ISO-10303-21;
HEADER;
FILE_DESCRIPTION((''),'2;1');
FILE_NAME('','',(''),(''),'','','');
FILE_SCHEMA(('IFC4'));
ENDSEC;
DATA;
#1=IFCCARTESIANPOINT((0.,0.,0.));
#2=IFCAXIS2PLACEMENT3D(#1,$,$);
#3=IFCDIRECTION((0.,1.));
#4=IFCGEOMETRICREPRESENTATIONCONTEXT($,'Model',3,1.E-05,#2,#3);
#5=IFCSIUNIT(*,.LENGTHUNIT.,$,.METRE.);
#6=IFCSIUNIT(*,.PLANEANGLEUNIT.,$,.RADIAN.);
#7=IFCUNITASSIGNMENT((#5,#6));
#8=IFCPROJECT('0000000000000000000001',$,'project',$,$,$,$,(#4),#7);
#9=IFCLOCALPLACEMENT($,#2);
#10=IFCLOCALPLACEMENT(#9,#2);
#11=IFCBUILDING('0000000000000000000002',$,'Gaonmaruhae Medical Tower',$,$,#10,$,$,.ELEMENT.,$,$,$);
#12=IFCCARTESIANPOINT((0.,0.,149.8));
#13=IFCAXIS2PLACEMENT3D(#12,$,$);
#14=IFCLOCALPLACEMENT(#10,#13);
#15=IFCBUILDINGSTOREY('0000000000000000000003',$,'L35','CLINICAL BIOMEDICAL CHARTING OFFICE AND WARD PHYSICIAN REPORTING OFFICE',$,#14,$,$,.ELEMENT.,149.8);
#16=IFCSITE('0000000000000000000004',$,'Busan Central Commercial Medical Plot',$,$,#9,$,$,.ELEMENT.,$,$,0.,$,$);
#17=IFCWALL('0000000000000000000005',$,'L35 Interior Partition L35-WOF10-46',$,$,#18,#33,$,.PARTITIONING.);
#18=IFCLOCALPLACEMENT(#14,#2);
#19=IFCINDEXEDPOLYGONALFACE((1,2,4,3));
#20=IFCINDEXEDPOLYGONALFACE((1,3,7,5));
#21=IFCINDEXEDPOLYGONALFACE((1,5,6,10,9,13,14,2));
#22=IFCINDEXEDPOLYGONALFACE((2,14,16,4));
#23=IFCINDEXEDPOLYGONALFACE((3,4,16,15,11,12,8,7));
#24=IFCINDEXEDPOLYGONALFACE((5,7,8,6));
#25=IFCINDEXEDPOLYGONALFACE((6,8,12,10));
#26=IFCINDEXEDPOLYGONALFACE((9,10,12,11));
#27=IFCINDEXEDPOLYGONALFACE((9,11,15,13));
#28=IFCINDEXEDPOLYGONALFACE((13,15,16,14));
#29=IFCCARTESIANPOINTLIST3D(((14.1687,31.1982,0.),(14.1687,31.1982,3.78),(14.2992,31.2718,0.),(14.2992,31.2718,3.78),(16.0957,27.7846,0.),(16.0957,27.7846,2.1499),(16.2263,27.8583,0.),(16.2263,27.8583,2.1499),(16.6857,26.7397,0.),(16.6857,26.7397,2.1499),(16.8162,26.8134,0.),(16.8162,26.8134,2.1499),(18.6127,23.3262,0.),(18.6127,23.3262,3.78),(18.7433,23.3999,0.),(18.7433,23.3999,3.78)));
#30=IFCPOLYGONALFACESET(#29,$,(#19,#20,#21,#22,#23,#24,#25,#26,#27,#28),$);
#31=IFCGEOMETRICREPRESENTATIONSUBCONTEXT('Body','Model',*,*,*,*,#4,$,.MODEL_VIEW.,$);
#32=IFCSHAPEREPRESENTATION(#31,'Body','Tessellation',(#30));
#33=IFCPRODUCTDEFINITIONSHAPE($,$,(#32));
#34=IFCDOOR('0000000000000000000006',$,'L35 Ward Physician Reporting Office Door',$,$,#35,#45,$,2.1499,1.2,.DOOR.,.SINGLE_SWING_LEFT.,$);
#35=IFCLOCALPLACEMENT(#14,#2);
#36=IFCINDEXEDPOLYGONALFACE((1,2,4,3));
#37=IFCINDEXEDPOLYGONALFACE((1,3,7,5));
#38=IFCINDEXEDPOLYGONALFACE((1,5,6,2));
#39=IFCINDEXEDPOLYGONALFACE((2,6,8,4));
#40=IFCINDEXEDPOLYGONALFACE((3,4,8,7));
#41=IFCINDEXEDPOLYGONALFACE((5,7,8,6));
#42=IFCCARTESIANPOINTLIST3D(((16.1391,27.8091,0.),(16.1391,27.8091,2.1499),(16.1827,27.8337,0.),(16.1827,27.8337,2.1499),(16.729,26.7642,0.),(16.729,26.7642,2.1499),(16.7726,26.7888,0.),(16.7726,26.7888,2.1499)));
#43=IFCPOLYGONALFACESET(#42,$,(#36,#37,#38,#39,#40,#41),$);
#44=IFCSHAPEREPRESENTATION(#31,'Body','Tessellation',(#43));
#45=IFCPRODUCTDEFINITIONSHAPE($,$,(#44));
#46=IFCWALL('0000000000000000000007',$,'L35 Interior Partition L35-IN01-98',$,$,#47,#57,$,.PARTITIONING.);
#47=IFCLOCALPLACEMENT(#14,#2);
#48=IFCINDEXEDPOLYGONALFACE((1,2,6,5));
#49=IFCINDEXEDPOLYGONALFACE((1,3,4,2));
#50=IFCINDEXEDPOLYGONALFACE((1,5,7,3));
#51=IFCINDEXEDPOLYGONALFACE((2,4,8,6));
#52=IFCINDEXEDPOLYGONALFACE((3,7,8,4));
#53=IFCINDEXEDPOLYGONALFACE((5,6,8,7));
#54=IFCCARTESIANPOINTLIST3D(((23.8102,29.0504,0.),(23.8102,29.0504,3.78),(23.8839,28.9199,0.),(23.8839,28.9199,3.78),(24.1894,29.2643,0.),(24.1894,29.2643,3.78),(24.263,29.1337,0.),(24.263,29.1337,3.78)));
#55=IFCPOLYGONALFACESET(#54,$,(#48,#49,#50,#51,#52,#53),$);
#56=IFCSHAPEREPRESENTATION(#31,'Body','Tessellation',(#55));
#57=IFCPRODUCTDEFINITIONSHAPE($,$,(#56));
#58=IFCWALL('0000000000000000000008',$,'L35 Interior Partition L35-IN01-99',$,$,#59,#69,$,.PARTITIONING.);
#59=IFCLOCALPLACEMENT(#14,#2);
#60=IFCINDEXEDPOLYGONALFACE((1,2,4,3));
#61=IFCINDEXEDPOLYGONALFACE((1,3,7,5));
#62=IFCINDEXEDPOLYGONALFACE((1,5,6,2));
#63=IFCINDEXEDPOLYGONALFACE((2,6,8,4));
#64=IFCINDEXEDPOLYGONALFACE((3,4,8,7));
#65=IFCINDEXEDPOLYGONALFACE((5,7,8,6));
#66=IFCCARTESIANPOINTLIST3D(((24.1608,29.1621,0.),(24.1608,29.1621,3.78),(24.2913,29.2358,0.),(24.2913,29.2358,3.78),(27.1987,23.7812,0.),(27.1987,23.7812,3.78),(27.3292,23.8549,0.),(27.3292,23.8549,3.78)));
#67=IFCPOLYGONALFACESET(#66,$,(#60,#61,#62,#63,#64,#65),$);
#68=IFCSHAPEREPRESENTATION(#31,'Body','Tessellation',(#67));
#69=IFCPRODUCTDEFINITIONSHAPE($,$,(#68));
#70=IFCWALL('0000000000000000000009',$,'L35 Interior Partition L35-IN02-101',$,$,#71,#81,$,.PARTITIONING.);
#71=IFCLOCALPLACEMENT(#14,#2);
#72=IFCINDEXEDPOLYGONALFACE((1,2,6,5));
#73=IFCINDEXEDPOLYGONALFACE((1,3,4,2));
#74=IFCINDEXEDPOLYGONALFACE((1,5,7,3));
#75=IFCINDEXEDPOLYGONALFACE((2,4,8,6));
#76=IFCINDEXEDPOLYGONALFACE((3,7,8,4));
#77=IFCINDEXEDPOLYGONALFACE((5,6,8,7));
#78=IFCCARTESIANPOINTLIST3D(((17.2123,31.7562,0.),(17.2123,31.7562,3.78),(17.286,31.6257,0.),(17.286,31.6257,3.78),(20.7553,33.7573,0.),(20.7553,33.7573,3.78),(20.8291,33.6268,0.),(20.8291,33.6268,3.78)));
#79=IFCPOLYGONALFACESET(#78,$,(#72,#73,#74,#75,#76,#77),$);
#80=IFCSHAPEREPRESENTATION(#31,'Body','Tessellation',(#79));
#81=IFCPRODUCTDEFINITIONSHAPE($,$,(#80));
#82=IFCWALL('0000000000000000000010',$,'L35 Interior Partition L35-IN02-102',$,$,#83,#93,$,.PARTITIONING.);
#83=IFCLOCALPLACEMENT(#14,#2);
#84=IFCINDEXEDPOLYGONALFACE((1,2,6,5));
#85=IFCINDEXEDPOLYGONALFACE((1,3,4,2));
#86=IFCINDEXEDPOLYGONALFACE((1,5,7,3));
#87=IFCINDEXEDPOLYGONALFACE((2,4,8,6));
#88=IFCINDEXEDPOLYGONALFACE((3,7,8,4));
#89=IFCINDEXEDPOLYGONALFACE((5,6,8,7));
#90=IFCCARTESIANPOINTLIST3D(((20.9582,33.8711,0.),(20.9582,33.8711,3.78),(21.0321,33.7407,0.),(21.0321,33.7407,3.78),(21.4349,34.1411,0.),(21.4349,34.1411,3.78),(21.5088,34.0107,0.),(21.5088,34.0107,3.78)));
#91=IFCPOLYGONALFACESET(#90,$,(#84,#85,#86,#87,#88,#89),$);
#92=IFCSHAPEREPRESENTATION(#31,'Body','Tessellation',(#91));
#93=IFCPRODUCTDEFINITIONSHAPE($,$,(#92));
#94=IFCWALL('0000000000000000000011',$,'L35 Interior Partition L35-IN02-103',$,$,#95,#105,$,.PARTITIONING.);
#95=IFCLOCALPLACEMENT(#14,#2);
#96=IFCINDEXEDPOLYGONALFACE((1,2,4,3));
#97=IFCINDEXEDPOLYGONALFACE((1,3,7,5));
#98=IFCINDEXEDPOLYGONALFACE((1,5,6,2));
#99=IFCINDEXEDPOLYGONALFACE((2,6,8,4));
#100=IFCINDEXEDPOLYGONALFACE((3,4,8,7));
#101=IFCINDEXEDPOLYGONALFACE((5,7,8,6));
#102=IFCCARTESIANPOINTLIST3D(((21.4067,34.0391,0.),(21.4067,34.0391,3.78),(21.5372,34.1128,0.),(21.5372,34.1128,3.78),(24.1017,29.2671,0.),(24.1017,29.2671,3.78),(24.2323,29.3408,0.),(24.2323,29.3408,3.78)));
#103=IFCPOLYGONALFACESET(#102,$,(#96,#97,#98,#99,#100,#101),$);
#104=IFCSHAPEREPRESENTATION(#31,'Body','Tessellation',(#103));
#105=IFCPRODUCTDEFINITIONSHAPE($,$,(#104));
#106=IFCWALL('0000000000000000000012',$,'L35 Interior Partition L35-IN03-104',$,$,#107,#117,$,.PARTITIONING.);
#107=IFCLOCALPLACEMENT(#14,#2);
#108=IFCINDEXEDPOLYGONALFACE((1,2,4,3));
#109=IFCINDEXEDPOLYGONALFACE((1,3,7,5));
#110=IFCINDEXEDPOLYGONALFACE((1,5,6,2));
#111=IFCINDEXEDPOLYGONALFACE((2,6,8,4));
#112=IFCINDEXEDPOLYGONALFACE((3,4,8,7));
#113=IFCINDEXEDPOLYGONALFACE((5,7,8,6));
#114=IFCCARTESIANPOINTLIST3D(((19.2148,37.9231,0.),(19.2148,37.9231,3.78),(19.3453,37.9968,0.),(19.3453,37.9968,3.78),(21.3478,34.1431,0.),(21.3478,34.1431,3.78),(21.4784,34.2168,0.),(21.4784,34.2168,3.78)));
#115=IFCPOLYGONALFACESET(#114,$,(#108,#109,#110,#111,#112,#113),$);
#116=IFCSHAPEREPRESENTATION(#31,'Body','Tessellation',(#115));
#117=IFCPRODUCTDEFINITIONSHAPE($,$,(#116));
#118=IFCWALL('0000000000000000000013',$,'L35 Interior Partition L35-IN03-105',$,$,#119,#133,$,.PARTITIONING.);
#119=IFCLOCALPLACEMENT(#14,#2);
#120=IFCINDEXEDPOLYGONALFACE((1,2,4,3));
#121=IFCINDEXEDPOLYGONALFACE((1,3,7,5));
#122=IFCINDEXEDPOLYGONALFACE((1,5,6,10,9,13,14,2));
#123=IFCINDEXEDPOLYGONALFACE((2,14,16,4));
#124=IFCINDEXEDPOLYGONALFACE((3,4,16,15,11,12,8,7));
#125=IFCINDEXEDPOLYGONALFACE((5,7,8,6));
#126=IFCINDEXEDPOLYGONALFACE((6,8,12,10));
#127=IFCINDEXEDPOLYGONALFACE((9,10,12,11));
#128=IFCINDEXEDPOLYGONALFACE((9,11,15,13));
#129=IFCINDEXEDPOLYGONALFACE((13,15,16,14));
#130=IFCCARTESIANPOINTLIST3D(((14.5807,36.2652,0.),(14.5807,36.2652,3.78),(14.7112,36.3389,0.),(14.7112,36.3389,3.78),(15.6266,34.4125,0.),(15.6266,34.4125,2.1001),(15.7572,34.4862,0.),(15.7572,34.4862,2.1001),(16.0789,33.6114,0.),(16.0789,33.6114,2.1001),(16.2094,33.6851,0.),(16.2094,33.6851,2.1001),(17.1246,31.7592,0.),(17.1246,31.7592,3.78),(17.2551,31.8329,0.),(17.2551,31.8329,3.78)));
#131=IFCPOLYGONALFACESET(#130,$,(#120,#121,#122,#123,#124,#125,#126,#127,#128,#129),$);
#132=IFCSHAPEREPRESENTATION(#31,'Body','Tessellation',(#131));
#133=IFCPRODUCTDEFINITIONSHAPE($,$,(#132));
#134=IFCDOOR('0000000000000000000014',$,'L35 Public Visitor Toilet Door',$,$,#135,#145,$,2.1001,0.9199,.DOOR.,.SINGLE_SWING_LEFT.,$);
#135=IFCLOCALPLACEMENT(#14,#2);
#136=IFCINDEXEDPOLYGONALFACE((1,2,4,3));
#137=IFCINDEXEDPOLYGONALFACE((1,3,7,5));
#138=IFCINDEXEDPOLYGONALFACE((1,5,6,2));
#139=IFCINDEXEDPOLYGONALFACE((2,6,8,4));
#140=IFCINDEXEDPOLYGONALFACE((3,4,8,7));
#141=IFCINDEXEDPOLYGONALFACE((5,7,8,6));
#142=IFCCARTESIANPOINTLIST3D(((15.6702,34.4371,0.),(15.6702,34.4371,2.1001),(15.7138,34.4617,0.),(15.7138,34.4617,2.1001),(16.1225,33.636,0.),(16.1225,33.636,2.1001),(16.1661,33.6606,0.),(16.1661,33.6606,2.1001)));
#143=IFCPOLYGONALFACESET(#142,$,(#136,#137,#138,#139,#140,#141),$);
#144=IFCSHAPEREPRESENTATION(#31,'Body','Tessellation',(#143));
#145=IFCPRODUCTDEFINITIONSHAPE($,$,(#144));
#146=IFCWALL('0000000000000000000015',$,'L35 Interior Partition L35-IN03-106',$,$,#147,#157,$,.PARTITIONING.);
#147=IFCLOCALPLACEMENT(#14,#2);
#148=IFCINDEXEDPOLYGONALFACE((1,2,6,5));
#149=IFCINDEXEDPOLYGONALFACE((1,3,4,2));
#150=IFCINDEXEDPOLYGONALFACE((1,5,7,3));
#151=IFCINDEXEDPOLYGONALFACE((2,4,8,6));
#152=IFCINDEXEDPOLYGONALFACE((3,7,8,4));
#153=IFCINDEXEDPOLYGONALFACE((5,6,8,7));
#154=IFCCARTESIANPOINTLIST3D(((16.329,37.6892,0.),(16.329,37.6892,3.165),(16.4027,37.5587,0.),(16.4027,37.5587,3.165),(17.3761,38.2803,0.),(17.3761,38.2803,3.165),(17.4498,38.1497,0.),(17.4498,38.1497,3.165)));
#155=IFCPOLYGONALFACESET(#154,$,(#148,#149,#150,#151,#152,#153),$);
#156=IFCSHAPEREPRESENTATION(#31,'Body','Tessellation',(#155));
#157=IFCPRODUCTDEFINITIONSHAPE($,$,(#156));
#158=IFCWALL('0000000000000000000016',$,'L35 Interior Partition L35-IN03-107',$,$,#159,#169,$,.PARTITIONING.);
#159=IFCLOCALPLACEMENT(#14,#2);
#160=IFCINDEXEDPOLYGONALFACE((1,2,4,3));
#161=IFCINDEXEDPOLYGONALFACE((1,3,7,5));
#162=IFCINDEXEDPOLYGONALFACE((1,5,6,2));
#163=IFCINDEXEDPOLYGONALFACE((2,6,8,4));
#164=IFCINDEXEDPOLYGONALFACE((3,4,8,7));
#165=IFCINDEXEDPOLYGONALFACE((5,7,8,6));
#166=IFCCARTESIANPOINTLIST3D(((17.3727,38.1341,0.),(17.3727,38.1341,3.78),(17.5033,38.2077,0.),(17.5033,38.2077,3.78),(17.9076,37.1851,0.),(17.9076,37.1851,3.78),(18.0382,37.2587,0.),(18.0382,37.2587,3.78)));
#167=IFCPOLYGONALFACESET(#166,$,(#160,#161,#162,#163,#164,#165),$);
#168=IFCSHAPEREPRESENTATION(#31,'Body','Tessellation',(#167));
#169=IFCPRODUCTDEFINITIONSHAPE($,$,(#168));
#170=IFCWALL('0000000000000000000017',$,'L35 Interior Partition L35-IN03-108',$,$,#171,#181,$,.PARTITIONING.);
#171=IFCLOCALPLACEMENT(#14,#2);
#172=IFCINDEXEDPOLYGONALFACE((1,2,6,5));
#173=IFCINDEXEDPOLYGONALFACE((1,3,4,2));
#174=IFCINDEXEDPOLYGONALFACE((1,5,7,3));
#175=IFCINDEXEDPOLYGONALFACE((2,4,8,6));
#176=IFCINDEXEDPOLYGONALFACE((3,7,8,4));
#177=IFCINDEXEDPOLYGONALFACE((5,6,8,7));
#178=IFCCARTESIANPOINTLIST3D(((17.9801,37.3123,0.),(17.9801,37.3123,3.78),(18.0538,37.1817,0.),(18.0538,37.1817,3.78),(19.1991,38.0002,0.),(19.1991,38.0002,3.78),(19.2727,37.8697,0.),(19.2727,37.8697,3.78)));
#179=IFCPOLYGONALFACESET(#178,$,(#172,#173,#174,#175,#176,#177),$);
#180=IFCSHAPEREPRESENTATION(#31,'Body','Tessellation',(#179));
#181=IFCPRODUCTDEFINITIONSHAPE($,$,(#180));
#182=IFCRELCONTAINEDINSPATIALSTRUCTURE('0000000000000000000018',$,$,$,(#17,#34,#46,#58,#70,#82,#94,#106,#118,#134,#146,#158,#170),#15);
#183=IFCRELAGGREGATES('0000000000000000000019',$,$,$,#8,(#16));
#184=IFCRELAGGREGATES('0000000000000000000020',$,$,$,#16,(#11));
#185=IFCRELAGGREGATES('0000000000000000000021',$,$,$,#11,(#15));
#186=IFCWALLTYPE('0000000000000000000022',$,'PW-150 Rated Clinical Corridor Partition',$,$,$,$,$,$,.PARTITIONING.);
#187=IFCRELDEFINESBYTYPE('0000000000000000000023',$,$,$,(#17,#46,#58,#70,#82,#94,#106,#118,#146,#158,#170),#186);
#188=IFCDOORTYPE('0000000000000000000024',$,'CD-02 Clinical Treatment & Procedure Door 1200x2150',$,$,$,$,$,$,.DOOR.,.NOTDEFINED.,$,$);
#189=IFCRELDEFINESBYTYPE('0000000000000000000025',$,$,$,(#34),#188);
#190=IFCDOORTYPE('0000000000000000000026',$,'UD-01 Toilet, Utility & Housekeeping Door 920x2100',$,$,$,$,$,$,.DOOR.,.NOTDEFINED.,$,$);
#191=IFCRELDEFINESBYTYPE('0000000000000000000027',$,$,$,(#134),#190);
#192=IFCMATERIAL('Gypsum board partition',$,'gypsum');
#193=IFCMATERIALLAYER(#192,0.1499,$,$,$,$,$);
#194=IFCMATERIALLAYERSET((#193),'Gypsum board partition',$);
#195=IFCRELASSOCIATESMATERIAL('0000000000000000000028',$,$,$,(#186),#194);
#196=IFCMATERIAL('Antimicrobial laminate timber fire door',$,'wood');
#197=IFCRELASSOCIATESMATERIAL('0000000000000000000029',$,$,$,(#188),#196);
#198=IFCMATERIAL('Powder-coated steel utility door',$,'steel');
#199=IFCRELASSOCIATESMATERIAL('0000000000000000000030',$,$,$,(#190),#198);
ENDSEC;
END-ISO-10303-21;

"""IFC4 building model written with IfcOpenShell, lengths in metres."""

from ifc_helpers import new_model, si_unit, direction, frame, frame_2d, origin, place, context, subcontext, project, spatial, rectangle, extrude, material, layer, layer_set, type_object, element, fill, save


model = new_model("IFC4")

# Units and contexts
model_context = context("Model", 3, precision=1e-05, world=origin(), true_north=direction((0.0, 1.0)))
body_context = subcontext(model_context, "Body", "Model", "MODEL_VIEW")
ifc_project = project(units=[si_unit("LENGTHUNIT", "METRE"), si_unit("PLANEANGLEUNIT", "RADIAN")], contexts=[model_context])

# Site, building, storey
site_placement = place(None, origin())
site = spatial("IfcSite", under=ifc_project, at=site_placement, Name="Busan Central Commercial Medical Plot", CompositionType="ELEMENT", RefElevation=0.0)
building_placement = place(site_placement, origin())
building = spatial("IfcBuilding", under=site, at=building_placement, Name="Gaonmaruhae Medical Tower", CompositionType="ELEMENT")
storey_placement = place(building_placement, frame((0.0, 0.0, 149.8)))
storey = spatial("IfcBuildingStorey", under=building, at=storey_placement, Name="L35", Description="CLINICAL BIOMEDICAL CHARTING OFFICE AND WARD PHYSICIAN REPORTING OFFICE", CompositionType="ELEMENT", Elevation=149.8)

# Wall, opening, door
ifc_material_1 = material(Name="Gypsum board partition", Category="gypsum")
ifc_layer_1 = layer(ifc_material_1, 0.1499)
ifc_layer_set_1 = layer_set([ifc_layer_1], Name="Gypsum board partition")
wall_type_1 = type_object("IfcWallType", Name="PW-150 Rated Clinical Corridor Partition", PredefinedType="PARTITIONING", material=ifc_layer_set_1)
wall_1_placement = place(storey_placement, frame((14.2339, 31.2351, 0.0), z_axis=(0.0, 0.0, 1.0), x_axis=(0.49161, -0.870816, 0.0)))
wall_1 = element("IfcWall", 1, at=wall_1_placement, inside=storey, type_object=wall_type_1, Name="L35 Interior Partition L35-WOF10-46", PredefinedType="PARTITIONING", context=body_context, shape_type="SweptSolid", body=[
    extrude(rectangle(XDim=9.0398, YDim=0.1499, at=frame_2d((4.52, 0.0))), origin(), (0.0, 0.0, 1.0), 3.78),
])
opening_1_placement = place(wall_1_placement, frame((3.9199, 0.0, 0.0)))
opening_1 = element("IfcOpeningElement", 2, at=opening_1_placement, cuts=wall_1, PredefinedType="OPENING", context=body_context, shape_type="SweptSolid", body=[
    extrude(rectangle(XDim=1.2, YDim=2.1499, at=frame_2d((0.6001, 1.075))), frame((0.0, 0.085, 0.0), z_axis=(0.0, -1.0, 0.0), x_axis=(1.0, 0.0, 0.0)), (0.0, 0.0, 1.0), 0.1699),
])
ifc_material_2 = material(Name="Antimicrobial laminate timber fire door", Category="wood")
door_type_1 = type_object("IfcDoorType", Name="CD-02 Clinical Treatment & Procedure Door 1200x2150", OperationType="NOTDEFINED", PredefinedType="DOOR", material=ifc_material_2)
door_1_placement = place(opening_1_placement, origin())
door_1 = element("IfcDoor", 3, at=door_1_placement, inside=storey, type_object=door_type_1, Name="L35 Ward Physician Reporting Office Door", OperationType="SINGLE_SWING_LEFT", OverallHeight=2.1499, OverallWidth=1.2, PredefinedType="DOOR", context=body_context, shape_type="SweptSolid", body=[
    extrude(rectangle(XDim=1.2, YDim=2.1499, at=frame_2d((0.6001, 1.075))), frame((0.0, 0.0249, 0.0), z_axis=(0.0, -1.0, 0.0), x_axis=(1.0, 0.0, 0.0)), (0.0, 0.0, 1.0), 0.05),
])
fill(opening_1, door_1)

# Walls
wall_2_placement = place(storey_placement, frame((23.8469, 28.9851, 0.0), z_axis=(0.0, 0.0, 1.0), x_axis=(0.870991, 0.491299, 0.0)))
element("IfcWall", 4, at=wall_2_placement, inside=storey, type_object=wall_type_1, Name="L35 Interior Partition L35-IN01-98", PredefinedType="PARTITIONING", context=body_context, shape_type="SweptSolid", body=[
    extrude(rectangle(XDim=0.4353, YDim=0.1499, at=frame_2d((0.2178, 0.0))), origin(), (0.0, 0.0, 1.0), 3.78),
])
wall_3_placement = place(storey_placement, frame((24.2261, 29.199, 0.0), z_axis=(0.0, 0.0, 1.0), x_axis=(0.491626, -0.870806, 0.0)))
element("IfcWall", 5, at=wall_3_placement, inside=storey, type_object=wall_type_1, Name="L35 Interior Partition L35-IN01-99", PredefinedType="PARTITIONING", context=body_context, shape_type="SweptSolid", body=[
    extrude(rectangle(XDim=6.1792, YDim=0.1499, at=frame_2d((3.0896, 0.0))), origin(), (0.0, 0.0, 1.0), 3.78),
])
wall_4_placement = place(storey_placement, frame((17.249, 31.6909, 0.0), z_axis=(0.0, 0.0, 1.0), x_axis=(0.870728, 0.491765, 0.0)))
element("IfcWall", 6, at=wall_4_placement, inside=storey, type_object=wall_type_1, Name="L35 Interior Partition L35-IN02-101", PredefinedType="PARTITIONING", context=body_context, shape_type="SweptSolid", body=[
    extrude(rectangle(XDim=4.0691, YDim=0.1499, at=frame_2d((2.0347, 0.0))), origin(), (0.0, 0.0, 1.0), 3.78),
])
wall_5_placement = place(storey_placement, frame((20.9951, 33.8059, 0.0), z_axis=(0.0, 0.0, 1.0), x_axis=(0.870156, 0.492776, 0.0)))
element("IfcWall", 7, at=wall_5_placement, inside=storey, type_object=wall_type_1, Name="L35 Interior Partition L35-IN02-102", PredefinedType="PARTITIONING", context=body_context, shape_type="SweptSolid", body=[
    extrude(rectangle(XDim=0.5479, YDim=0.1499, at=frame_2d((0.2739, 0.0))), origin(), (0.0, 0.0, 1.0), 3.78),
])
wall_6_placement = place(storey_placement, frame((21.4719, 34.0759, 0.0), z_axis=(0.0, 0.0, 1.0), x_axis=(0.491762, -0.87073, 0.0)))
element("IfcWall", 8, at=wall_6_placement, inside=storey, type_object=wall_type_1, Name="L35 Interior Partition L35-IN02-103", PredefinedType="PARTITIONING", context=body_context, shape_type="SweptSolid", body=[
    extrude(rectangle(XDim=5.4805, YDim=0.1499, at=frame_2d((2.7402, 0.0))), origin(), (0.0, 0.0, 1.0), 3.78),
])
wall_7_placement = place(storey_placement, frame((19.28, 37.96, 0.0), z_axis=(0.0, 0.0, 1.0), x_axis=(0.491449, -0.870906, 0.0)))
element("IfcWall", 9, at=wall_7_placement, inside=storey, type_object=wall_type_1, Name="L35 Interior Partition L35-IN03-104", PredefinedType="PARTITIONING", context=body_context, shape_type="SweptSolid", body=[
    extrude(rectangle(XDim=4.3403, YDim=0.1499, at=frame_2d((2.1702, 0.0))), origin(), (0.0, 0.0, 1.0), 3.78),
])

# Wall, opening, door
wall_8_placement = place(storey_placement, frame((17.1899, 31.7959, 0.0), z_axis=(0.0, 0.0, 1.0), x_axis=(-0.49162, 0.87081, 0.0)))
wall_8 = element("IfcWall", 10, at=wall_8_placement, inside=storey, type_object=wall_type_1, Name="L35 Interior Partition L35-IN03-105", PredefinedType="PARTITIONING", context=body_context, shape_type="SweptSolid", body=[
    extrude(rectangle(XDim=5.1746, YDim=0.1499, at=frame_2d((2.5874, 0.0))), origin(), (0.0, 0.0, 1.0), 3.78),
])
opening_2_placement = place(wall_8_placement, frame((2.1272, 0.0, 0.0)))
opening_2 = element("IfcOpeningElement", 11, at=opening_2_placement, cuts=wall_8, PredefinedType="OPENING", context=body_context, shape_type="SweptSolid", body=[
    extrude(rectangle(XDim=0.9199, YDim=2.1001, at=frame_2d((0.46, 1.05))), frame((0.0, 0.085, 0.0), z_axis=(0.0, -1.0, 0.0), x_axis=(1.0, 0.0, 0.0)), (0.0, 0.0, 1.0), 0.1699),
])
ifc_material_3 = material(Name="Powder-coated steel utility door", Category="steel")
door_type_2 = type_object("IfcDoorType", Name="UD-01 Toilet, Utility & Housekeeping Door 920x2100", OperationType="NOTDEFINED", PredefinedType="DOOR", material=ifc_material_3)
door_2_placement = place(opening_2_placement, origin())
door_2 = element("IfcDoor", 12, at=door_2_placement, inside=storey, type_object=door_type_2, Name="L35 Public Visitor Toilet Door", OperationType="SINGLE_SWING_LEFT", OverallHeight=2.1001, OverallWidth=0.9199, PredefinedType="DOOR", context=body_context, shape_type="SweptSolid", body=[
    extrude(rectangle(XDim=0.9199, YDim=2.1001, at=frame_2d((0.46, 1.05))), frame((0.0, 0.0249, 0.0), z_axis=(0.0, -1.0, 0.0), x_axis=(1.0, 0.0, 0.0)), (0.0, 0.0, 1.0), 0.05),
])
fill(opening_2, door_2)

# Walls
wall_9_placement = place(storey_placement, frame((16.366, 37.624, 0.0), z_axis=(0.0, 0.0, 1.0), x_axis=(0.870843, 0.491562, 0.0)))
element("IfcWall", 13, at=wall_9_placement, inside=storey, type_object=wall_type_1, Name="L35 Interior Partition L35-IN03-106", PredefinedType="PARTITIONING", context=body_context, shape_type="SweptSolid", body=[
    extrude(rectangle(XDim=1.2024, YDim=0.1499, at=frame_2d((0.6011, 0.0))), origin(), (0.0, 0.0, 1.0), 3.165),
])
wall_10_placement = place(storey_placement, frame((17.438, 38.1709, 0.0), z_axis=(0.0, 0.0, 1.0), x_axis=(0.491038, -0.871138, 0.0)))
element("IfcWall", 14, at=wall_10_placement, inside=storey, type_object=wall_type_1, Name="L35 Interior Partition L35-IN03-107", PredefinedType="PARTITIONING", context=body_context, shape_type="SweptSolid", body=[
    extrude(rectangle(XDim=1.0894, YDim=0.1499, at=frame_2d((0.5447, 0.0))), origin(), (0.0, 0.0, 1.0), 3.78),
])
wall_11_placement = place(storey_placement, frame((18.0171, 37.2471, 0.0), z_axis=(0.0, 0.0, 1.0), x_axis=(0.870871, 0.491511, 0.0)))
element("IfcWall", 15, at=wall_11_placement, inside=storey, type_object=wall_type_1, Name="L35 Interior Partition L35-IN03-108", PredefinedType="PARTITIONING", context=body_context, shape_type="SweptSolid", body=[
    extrude(rectangle(XDim=1.3997, YDim=0.1499, at=frame_2d((0.6997, 0.0))), origin(), (0.0, 0.0, 1.0), 3.78),
])

save(model, "model.ifc")
